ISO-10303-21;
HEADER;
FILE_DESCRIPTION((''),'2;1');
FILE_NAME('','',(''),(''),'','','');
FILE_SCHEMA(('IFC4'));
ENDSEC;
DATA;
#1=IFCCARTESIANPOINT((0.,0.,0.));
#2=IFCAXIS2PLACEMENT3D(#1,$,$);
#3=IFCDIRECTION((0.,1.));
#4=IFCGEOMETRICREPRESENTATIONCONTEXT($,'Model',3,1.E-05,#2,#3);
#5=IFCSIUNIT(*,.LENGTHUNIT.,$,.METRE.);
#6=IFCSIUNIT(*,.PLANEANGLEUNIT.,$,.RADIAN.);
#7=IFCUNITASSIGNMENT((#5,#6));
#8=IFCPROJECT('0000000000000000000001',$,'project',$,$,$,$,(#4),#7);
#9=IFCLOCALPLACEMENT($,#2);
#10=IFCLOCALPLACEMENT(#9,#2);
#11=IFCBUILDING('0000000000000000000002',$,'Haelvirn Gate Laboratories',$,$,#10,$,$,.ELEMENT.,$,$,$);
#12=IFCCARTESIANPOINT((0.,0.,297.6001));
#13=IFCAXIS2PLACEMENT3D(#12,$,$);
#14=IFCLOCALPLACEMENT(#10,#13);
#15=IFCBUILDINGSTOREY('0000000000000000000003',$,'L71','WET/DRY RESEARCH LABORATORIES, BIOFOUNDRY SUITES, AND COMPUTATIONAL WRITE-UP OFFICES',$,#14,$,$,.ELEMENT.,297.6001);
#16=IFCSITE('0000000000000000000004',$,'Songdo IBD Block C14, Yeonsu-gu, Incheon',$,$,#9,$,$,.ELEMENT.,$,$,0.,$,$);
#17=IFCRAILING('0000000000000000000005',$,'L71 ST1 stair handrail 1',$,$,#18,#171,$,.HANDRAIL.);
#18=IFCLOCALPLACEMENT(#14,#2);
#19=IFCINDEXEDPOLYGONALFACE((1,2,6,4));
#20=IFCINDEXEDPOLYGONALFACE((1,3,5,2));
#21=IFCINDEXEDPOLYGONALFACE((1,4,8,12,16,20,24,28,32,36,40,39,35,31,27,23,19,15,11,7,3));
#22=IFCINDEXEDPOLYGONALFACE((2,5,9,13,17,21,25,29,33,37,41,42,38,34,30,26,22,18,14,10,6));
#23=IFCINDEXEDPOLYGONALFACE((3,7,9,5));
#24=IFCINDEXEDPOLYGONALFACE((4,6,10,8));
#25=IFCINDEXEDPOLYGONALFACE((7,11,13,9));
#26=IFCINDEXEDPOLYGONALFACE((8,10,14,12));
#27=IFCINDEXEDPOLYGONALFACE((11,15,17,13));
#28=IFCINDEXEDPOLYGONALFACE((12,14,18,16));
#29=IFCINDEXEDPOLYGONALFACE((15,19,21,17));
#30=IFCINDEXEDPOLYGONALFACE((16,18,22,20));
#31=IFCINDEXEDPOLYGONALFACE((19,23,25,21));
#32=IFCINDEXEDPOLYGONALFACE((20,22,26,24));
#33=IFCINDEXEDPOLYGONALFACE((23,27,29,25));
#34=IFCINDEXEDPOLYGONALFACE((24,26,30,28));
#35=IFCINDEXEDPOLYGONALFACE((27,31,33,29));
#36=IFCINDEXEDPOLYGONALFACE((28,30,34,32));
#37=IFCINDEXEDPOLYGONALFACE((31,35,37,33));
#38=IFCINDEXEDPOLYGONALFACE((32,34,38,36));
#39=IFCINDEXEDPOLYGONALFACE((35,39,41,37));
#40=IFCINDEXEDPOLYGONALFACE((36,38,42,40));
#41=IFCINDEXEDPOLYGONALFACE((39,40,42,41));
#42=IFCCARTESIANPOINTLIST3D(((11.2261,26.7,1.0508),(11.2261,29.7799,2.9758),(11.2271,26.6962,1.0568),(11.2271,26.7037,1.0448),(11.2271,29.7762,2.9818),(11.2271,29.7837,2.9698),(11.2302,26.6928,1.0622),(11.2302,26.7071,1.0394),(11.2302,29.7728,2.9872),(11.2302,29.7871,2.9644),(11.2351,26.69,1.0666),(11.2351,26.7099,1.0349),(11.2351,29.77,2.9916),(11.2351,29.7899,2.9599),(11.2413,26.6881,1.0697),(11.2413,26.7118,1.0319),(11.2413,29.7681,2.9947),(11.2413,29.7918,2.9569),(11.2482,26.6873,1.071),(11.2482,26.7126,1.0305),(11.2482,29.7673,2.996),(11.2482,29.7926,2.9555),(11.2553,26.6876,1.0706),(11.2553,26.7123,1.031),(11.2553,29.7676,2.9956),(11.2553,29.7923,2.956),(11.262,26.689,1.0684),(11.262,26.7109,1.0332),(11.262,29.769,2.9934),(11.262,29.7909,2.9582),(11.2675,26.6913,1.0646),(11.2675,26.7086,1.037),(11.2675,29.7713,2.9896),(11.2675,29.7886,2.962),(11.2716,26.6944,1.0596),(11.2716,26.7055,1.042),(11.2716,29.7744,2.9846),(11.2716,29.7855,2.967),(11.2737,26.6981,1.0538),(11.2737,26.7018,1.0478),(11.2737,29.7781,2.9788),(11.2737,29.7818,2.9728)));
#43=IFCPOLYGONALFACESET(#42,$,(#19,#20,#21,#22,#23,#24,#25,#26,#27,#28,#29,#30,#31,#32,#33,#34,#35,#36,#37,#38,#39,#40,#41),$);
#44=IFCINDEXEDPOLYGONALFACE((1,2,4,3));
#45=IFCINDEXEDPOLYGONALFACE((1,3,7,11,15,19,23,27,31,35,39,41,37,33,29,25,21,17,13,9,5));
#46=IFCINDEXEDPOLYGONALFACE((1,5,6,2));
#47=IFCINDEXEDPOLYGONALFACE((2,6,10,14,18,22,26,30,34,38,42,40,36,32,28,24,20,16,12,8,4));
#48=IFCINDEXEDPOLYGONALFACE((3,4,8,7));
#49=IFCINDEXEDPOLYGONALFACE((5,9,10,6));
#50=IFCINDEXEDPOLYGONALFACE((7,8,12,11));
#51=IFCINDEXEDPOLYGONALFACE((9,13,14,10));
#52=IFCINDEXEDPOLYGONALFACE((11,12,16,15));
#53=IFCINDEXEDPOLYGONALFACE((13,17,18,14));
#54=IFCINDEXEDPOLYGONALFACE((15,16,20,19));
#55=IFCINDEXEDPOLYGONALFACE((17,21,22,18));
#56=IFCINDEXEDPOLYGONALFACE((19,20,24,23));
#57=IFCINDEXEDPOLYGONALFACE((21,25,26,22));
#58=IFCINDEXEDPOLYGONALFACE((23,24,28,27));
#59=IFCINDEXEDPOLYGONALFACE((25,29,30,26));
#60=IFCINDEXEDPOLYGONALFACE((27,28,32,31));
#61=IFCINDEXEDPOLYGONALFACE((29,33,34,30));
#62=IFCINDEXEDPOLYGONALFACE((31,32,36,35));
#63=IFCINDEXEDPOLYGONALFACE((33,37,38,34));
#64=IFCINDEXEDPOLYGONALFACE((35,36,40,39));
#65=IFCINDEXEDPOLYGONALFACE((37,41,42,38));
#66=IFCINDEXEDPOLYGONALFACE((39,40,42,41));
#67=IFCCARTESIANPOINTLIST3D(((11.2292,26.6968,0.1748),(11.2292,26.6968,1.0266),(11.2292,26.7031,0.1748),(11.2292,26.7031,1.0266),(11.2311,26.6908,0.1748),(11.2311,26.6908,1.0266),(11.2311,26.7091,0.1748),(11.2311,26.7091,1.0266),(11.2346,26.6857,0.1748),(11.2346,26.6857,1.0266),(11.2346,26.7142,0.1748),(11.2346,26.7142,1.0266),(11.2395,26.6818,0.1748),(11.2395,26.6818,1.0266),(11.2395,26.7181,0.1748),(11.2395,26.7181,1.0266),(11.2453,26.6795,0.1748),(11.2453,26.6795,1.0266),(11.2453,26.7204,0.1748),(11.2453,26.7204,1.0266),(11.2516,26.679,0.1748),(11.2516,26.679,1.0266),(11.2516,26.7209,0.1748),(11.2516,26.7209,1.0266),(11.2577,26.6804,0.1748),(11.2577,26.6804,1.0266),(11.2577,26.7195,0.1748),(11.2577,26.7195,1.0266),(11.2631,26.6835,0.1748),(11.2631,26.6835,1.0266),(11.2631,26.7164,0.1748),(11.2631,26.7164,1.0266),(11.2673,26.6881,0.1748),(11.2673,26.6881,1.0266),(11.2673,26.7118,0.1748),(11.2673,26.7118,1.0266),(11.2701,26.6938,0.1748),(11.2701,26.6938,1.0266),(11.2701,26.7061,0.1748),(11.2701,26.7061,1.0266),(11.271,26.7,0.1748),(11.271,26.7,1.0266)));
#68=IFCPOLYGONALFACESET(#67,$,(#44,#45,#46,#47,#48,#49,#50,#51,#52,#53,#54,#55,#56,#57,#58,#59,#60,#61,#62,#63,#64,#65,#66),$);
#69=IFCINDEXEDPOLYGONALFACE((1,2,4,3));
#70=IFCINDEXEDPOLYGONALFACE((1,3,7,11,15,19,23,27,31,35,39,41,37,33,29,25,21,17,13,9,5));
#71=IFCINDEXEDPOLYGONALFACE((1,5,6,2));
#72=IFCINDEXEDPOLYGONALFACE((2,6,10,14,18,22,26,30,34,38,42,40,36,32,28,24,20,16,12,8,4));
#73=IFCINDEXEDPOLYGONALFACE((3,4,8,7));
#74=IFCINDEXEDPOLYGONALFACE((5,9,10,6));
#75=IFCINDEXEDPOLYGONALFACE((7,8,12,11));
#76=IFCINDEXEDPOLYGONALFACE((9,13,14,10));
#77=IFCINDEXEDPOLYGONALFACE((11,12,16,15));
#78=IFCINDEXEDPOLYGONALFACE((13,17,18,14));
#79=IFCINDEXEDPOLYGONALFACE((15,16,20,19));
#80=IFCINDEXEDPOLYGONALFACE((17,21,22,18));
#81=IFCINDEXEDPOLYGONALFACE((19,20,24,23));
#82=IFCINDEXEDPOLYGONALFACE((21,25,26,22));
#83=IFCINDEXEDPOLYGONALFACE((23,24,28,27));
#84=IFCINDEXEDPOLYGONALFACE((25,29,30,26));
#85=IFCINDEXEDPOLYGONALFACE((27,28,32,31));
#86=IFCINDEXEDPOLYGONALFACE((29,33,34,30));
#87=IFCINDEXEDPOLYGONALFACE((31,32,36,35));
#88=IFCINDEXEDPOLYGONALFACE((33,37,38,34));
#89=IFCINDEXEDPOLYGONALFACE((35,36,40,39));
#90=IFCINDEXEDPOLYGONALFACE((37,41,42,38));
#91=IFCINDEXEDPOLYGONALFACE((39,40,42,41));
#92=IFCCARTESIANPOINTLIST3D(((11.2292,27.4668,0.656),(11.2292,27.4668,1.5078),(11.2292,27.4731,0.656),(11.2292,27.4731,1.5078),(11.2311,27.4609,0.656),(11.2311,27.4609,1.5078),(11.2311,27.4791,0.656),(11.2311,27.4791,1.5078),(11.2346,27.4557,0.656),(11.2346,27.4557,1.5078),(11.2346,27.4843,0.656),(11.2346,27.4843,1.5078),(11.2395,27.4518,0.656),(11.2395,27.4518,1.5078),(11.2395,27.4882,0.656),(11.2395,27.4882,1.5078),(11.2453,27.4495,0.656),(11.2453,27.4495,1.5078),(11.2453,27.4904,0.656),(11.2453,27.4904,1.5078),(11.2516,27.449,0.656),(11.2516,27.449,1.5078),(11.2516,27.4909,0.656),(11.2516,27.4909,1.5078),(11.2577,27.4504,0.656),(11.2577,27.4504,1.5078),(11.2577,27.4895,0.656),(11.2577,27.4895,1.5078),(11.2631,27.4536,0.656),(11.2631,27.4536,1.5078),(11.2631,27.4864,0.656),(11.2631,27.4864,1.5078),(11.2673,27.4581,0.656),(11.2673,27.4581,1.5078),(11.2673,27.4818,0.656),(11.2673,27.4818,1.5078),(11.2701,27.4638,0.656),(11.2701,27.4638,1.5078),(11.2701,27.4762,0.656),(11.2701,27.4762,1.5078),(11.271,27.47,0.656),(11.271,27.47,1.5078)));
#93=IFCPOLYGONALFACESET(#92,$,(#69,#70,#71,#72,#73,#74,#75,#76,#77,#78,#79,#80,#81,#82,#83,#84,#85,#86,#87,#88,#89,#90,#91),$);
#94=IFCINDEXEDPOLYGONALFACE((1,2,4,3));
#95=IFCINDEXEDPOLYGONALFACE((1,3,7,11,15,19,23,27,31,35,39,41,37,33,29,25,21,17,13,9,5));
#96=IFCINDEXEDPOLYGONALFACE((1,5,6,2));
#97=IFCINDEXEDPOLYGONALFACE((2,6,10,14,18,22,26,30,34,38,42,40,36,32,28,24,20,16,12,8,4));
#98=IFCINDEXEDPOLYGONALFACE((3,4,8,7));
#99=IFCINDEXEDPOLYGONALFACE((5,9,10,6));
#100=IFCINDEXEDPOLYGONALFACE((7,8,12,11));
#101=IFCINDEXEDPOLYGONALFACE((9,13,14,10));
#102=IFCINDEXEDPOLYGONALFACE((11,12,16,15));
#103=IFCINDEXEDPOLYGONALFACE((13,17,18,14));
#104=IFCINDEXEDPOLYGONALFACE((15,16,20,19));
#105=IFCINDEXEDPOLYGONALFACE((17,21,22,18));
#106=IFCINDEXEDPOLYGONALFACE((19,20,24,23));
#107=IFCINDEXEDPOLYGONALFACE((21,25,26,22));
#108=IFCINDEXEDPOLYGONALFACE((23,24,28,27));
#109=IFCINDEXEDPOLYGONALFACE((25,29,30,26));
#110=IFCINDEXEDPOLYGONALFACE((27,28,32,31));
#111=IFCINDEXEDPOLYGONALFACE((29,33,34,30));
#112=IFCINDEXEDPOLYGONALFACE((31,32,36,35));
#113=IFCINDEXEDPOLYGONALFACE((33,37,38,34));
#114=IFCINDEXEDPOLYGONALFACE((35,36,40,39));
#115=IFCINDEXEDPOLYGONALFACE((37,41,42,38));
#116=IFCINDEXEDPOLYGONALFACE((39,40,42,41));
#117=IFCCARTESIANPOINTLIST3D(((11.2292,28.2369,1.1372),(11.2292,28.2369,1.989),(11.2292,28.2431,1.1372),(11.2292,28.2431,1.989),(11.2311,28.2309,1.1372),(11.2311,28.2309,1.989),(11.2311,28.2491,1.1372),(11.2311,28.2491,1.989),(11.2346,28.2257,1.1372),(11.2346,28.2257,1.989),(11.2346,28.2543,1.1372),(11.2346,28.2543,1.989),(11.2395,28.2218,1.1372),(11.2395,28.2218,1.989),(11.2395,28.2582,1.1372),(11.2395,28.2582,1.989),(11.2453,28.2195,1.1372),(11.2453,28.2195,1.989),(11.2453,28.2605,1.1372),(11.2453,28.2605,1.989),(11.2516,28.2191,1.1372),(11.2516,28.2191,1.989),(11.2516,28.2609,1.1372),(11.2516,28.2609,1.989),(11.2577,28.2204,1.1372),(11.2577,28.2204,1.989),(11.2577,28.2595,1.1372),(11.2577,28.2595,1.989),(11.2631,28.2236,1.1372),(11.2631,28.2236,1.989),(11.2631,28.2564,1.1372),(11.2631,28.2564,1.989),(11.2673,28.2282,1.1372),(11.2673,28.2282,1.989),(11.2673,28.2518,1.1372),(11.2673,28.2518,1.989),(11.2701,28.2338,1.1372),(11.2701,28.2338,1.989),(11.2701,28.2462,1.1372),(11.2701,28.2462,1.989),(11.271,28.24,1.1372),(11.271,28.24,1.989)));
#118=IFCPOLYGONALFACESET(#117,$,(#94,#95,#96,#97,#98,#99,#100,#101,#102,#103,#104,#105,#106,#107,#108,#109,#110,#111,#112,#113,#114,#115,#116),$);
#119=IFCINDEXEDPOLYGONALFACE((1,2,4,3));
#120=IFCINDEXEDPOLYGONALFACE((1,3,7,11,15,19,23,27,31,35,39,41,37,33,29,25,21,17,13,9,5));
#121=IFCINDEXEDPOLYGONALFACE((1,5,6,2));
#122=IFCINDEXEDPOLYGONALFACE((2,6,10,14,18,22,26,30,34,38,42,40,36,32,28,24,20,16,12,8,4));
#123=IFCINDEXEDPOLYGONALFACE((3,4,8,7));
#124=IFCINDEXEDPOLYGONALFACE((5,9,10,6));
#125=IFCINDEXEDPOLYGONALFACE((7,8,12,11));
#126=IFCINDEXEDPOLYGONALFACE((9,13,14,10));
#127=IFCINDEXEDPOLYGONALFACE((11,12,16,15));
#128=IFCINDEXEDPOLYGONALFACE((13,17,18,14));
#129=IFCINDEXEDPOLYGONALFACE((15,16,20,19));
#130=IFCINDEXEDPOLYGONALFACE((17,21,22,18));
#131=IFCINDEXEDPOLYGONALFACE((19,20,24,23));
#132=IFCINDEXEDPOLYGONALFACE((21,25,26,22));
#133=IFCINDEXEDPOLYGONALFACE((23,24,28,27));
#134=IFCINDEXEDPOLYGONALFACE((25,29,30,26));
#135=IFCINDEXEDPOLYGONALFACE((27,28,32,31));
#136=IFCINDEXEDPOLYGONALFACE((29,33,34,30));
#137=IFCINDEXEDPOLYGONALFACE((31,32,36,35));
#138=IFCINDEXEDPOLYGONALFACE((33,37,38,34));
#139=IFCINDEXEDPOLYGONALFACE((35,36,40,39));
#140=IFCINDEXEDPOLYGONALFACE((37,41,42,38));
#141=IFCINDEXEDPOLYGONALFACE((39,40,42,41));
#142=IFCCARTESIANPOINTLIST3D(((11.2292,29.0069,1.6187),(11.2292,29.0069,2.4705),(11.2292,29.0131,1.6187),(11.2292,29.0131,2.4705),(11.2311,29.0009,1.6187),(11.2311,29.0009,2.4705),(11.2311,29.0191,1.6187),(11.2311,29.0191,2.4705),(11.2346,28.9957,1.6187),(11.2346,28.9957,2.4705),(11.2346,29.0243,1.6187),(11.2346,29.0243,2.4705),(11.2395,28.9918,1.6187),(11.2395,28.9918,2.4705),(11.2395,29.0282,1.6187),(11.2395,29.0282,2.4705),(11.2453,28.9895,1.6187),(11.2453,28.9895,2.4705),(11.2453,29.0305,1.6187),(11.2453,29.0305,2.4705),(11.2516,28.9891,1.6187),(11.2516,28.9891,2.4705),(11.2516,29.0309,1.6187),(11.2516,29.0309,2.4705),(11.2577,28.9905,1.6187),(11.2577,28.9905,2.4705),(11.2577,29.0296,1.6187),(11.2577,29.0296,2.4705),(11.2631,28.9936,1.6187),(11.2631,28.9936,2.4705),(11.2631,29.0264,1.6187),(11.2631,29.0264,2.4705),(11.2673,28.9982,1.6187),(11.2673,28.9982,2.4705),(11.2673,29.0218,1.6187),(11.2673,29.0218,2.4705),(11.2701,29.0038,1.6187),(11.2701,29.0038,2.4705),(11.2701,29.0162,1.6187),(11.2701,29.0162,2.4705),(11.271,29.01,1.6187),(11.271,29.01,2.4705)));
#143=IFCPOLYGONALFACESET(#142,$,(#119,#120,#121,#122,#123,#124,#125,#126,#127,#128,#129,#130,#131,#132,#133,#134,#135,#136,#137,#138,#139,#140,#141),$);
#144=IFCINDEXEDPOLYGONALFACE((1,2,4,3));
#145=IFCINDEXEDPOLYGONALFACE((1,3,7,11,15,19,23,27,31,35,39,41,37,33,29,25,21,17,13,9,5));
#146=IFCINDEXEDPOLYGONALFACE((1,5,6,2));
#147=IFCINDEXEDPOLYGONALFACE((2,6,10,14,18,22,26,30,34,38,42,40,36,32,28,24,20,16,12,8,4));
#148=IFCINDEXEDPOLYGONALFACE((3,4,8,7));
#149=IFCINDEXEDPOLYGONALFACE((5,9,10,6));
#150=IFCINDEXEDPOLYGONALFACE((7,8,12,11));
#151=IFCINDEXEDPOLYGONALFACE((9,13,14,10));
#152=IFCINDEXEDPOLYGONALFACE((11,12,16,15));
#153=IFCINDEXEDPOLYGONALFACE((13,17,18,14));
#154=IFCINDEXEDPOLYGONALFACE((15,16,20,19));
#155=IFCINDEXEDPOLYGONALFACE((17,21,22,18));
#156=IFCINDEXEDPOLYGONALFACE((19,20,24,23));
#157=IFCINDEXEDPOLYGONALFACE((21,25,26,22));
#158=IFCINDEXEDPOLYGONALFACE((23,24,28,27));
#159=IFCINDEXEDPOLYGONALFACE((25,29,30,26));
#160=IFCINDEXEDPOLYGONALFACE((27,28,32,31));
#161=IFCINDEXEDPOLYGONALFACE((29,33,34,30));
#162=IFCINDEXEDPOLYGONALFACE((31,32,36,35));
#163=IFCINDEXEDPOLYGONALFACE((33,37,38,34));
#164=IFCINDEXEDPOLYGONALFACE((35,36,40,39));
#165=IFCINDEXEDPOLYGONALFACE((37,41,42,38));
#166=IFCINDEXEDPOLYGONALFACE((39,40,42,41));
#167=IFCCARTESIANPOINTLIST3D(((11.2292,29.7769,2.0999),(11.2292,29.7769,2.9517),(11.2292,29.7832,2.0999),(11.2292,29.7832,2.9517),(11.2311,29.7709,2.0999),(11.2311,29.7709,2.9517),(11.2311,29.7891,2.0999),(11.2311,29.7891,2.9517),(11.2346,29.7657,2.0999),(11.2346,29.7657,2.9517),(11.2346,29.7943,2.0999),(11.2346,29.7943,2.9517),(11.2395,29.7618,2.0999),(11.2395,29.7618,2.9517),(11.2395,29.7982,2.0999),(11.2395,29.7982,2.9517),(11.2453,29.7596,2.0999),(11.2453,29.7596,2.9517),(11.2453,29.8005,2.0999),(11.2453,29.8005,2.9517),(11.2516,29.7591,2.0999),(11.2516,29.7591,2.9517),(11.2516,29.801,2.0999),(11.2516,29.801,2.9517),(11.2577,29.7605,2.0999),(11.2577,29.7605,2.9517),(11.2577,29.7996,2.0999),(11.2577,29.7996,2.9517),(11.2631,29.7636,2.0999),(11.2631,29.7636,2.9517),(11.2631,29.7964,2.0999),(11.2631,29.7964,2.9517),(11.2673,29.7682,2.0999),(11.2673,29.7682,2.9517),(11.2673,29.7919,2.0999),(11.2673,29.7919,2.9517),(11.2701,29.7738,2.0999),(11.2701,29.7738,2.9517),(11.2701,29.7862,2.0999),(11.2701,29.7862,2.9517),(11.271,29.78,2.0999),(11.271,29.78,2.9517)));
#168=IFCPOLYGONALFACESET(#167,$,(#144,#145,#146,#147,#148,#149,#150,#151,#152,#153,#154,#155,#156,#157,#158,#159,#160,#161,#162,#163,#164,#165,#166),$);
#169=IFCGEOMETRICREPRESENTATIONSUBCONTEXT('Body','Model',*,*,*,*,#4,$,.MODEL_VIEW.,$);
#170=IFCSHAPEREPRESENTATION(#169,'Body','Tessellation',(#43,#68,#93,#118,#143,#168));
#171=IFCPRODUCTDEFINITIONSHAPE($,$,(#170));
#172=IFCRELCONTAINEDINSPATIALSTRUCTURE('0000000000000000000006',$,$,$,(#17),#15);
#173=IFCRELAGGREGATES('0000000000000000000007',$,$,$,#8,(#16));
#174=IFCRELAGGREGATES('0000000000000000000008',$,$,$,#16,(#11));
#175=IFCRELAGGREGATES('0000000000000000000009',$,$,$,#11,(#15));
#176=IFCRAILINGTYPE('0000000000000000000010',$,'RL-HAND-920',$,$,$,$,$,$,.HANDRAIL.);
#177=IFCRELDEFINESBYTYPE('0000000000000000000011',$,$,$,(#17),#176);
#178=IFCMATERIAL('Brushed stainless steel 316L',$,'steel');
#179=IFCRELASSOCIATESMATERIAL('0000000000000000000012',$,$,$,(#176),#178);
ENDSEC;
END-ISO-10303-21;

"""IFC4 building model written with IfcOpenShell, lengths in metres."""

from ifc_helpers import new_model, si_unit, direction, frame, origin, origin_2d, place, context, subcontext, project, spatial, circle, extrude, source, transform, mapped, material, type_object, element, save


model = new_model("IFC4")

# Units and contexts
model_context = context("Model", 3, precision=1e-05, world=origin(), true_north=direction((0.0, 1.0)))
body_context = subcontext(model_context, "Body", "Model", "MODEL_VIEW")
ifc_project = project(units=[si_unit("LENGTHUNIT", "METRE"), si_unit("PLANEANGLEUNIT", "RADIAN")], contexts=[model_context])

# Site, building, storey
site_placement = place(None, origin())
site = spatial("IfcSite", under=ifc_project, at=site_placement, Name="Songdo IBD Block C14, Yeonsu-gu, Incheon", CompositionType="ELEMENT", RefElevation=0.0)
building_placement = place(site_placement, origin())
building = spatial("IfcBuilding", under=site, at=building_placement, Name="Haelvirn Gate Laboratories", CompositionType="ELEMENT")
storey_placement = place(building_placement, frame((0.0, 0.0, 297.6001)))
storey = spatial("IfcBuildingStorey", under=building, at=storey_placement, Name="L71", Description="WET/DRY RESEARCH LABORATORIES, BIOFOUNDRY SUITES, AND COMPUTATIONAL WRITE-UP OFFICES", CompositionType="ELEMENT", Elevation=297.6001)

# Railing
ifc_material_1 = material(Name="Brushed stainless steel 316L", Category="steel")
railing_type_1 = type_object("IfcRailingType", Name="RL-HAND-920", PredefinedType="HANDRAIL", material=ifc_material_1)
shared_shape_1 = source(origin(), body_context, "Body", "SweptSolid", [
    extrude(circle(Radius=0.0239, at=origin_2d()), frame((0.0, 0.0, 0.876), z_axis=(0.0, 0.847998, 0.529999), x_axis=(-1.0, 0.0, 0.0)), (0.0, 0.0, 1.0), 3.6321),
    extrude(circle(Radius=0.021, at=origin_2d()), origin(), (0.0, 0.0, 1.0), 0.8518),
    extrude(circle(Radius=0.021, at=origin_2d()), frame((0.0, 0.77, 0.4812)), (0.0, 0.0, 1.0), 0.8518),
    extrude(circle(Radius=0.021, at=origin_2d()), frame((0.0, 1.54, 0.9624)), (0.0, 0.0, 1.0), 0.8518),
    extrude(circle(Radius=0.021, at=origin_2d()), frame((0.0, 2.3101, 1.4438)), (0.0, 0.0, 1.0), 0.8518),
    extrude(circle(Radius=0.021, at=origin_2d()), frame((0.0, 3.0801, 1.925)), (0.0, 0.0, 1.0), 0.8518),
])
railing_1_placement = place(storey_placement, frame((11.25, 26.7, 0.1748)))
element("IfcRailing", 1, at=railing_1_placement, inside=storey, type_object=railing_type_1, Name="L71 ST1 stair handrail 1", PredefinedType="HANDRAIL", context=body_context, shape_type="MappedRepresentation", body=[
    mapped(shared_shape_1, transform((0.0, 0.0, 0.0), scale=1.0)),
])

save(model, "model.ifc")
